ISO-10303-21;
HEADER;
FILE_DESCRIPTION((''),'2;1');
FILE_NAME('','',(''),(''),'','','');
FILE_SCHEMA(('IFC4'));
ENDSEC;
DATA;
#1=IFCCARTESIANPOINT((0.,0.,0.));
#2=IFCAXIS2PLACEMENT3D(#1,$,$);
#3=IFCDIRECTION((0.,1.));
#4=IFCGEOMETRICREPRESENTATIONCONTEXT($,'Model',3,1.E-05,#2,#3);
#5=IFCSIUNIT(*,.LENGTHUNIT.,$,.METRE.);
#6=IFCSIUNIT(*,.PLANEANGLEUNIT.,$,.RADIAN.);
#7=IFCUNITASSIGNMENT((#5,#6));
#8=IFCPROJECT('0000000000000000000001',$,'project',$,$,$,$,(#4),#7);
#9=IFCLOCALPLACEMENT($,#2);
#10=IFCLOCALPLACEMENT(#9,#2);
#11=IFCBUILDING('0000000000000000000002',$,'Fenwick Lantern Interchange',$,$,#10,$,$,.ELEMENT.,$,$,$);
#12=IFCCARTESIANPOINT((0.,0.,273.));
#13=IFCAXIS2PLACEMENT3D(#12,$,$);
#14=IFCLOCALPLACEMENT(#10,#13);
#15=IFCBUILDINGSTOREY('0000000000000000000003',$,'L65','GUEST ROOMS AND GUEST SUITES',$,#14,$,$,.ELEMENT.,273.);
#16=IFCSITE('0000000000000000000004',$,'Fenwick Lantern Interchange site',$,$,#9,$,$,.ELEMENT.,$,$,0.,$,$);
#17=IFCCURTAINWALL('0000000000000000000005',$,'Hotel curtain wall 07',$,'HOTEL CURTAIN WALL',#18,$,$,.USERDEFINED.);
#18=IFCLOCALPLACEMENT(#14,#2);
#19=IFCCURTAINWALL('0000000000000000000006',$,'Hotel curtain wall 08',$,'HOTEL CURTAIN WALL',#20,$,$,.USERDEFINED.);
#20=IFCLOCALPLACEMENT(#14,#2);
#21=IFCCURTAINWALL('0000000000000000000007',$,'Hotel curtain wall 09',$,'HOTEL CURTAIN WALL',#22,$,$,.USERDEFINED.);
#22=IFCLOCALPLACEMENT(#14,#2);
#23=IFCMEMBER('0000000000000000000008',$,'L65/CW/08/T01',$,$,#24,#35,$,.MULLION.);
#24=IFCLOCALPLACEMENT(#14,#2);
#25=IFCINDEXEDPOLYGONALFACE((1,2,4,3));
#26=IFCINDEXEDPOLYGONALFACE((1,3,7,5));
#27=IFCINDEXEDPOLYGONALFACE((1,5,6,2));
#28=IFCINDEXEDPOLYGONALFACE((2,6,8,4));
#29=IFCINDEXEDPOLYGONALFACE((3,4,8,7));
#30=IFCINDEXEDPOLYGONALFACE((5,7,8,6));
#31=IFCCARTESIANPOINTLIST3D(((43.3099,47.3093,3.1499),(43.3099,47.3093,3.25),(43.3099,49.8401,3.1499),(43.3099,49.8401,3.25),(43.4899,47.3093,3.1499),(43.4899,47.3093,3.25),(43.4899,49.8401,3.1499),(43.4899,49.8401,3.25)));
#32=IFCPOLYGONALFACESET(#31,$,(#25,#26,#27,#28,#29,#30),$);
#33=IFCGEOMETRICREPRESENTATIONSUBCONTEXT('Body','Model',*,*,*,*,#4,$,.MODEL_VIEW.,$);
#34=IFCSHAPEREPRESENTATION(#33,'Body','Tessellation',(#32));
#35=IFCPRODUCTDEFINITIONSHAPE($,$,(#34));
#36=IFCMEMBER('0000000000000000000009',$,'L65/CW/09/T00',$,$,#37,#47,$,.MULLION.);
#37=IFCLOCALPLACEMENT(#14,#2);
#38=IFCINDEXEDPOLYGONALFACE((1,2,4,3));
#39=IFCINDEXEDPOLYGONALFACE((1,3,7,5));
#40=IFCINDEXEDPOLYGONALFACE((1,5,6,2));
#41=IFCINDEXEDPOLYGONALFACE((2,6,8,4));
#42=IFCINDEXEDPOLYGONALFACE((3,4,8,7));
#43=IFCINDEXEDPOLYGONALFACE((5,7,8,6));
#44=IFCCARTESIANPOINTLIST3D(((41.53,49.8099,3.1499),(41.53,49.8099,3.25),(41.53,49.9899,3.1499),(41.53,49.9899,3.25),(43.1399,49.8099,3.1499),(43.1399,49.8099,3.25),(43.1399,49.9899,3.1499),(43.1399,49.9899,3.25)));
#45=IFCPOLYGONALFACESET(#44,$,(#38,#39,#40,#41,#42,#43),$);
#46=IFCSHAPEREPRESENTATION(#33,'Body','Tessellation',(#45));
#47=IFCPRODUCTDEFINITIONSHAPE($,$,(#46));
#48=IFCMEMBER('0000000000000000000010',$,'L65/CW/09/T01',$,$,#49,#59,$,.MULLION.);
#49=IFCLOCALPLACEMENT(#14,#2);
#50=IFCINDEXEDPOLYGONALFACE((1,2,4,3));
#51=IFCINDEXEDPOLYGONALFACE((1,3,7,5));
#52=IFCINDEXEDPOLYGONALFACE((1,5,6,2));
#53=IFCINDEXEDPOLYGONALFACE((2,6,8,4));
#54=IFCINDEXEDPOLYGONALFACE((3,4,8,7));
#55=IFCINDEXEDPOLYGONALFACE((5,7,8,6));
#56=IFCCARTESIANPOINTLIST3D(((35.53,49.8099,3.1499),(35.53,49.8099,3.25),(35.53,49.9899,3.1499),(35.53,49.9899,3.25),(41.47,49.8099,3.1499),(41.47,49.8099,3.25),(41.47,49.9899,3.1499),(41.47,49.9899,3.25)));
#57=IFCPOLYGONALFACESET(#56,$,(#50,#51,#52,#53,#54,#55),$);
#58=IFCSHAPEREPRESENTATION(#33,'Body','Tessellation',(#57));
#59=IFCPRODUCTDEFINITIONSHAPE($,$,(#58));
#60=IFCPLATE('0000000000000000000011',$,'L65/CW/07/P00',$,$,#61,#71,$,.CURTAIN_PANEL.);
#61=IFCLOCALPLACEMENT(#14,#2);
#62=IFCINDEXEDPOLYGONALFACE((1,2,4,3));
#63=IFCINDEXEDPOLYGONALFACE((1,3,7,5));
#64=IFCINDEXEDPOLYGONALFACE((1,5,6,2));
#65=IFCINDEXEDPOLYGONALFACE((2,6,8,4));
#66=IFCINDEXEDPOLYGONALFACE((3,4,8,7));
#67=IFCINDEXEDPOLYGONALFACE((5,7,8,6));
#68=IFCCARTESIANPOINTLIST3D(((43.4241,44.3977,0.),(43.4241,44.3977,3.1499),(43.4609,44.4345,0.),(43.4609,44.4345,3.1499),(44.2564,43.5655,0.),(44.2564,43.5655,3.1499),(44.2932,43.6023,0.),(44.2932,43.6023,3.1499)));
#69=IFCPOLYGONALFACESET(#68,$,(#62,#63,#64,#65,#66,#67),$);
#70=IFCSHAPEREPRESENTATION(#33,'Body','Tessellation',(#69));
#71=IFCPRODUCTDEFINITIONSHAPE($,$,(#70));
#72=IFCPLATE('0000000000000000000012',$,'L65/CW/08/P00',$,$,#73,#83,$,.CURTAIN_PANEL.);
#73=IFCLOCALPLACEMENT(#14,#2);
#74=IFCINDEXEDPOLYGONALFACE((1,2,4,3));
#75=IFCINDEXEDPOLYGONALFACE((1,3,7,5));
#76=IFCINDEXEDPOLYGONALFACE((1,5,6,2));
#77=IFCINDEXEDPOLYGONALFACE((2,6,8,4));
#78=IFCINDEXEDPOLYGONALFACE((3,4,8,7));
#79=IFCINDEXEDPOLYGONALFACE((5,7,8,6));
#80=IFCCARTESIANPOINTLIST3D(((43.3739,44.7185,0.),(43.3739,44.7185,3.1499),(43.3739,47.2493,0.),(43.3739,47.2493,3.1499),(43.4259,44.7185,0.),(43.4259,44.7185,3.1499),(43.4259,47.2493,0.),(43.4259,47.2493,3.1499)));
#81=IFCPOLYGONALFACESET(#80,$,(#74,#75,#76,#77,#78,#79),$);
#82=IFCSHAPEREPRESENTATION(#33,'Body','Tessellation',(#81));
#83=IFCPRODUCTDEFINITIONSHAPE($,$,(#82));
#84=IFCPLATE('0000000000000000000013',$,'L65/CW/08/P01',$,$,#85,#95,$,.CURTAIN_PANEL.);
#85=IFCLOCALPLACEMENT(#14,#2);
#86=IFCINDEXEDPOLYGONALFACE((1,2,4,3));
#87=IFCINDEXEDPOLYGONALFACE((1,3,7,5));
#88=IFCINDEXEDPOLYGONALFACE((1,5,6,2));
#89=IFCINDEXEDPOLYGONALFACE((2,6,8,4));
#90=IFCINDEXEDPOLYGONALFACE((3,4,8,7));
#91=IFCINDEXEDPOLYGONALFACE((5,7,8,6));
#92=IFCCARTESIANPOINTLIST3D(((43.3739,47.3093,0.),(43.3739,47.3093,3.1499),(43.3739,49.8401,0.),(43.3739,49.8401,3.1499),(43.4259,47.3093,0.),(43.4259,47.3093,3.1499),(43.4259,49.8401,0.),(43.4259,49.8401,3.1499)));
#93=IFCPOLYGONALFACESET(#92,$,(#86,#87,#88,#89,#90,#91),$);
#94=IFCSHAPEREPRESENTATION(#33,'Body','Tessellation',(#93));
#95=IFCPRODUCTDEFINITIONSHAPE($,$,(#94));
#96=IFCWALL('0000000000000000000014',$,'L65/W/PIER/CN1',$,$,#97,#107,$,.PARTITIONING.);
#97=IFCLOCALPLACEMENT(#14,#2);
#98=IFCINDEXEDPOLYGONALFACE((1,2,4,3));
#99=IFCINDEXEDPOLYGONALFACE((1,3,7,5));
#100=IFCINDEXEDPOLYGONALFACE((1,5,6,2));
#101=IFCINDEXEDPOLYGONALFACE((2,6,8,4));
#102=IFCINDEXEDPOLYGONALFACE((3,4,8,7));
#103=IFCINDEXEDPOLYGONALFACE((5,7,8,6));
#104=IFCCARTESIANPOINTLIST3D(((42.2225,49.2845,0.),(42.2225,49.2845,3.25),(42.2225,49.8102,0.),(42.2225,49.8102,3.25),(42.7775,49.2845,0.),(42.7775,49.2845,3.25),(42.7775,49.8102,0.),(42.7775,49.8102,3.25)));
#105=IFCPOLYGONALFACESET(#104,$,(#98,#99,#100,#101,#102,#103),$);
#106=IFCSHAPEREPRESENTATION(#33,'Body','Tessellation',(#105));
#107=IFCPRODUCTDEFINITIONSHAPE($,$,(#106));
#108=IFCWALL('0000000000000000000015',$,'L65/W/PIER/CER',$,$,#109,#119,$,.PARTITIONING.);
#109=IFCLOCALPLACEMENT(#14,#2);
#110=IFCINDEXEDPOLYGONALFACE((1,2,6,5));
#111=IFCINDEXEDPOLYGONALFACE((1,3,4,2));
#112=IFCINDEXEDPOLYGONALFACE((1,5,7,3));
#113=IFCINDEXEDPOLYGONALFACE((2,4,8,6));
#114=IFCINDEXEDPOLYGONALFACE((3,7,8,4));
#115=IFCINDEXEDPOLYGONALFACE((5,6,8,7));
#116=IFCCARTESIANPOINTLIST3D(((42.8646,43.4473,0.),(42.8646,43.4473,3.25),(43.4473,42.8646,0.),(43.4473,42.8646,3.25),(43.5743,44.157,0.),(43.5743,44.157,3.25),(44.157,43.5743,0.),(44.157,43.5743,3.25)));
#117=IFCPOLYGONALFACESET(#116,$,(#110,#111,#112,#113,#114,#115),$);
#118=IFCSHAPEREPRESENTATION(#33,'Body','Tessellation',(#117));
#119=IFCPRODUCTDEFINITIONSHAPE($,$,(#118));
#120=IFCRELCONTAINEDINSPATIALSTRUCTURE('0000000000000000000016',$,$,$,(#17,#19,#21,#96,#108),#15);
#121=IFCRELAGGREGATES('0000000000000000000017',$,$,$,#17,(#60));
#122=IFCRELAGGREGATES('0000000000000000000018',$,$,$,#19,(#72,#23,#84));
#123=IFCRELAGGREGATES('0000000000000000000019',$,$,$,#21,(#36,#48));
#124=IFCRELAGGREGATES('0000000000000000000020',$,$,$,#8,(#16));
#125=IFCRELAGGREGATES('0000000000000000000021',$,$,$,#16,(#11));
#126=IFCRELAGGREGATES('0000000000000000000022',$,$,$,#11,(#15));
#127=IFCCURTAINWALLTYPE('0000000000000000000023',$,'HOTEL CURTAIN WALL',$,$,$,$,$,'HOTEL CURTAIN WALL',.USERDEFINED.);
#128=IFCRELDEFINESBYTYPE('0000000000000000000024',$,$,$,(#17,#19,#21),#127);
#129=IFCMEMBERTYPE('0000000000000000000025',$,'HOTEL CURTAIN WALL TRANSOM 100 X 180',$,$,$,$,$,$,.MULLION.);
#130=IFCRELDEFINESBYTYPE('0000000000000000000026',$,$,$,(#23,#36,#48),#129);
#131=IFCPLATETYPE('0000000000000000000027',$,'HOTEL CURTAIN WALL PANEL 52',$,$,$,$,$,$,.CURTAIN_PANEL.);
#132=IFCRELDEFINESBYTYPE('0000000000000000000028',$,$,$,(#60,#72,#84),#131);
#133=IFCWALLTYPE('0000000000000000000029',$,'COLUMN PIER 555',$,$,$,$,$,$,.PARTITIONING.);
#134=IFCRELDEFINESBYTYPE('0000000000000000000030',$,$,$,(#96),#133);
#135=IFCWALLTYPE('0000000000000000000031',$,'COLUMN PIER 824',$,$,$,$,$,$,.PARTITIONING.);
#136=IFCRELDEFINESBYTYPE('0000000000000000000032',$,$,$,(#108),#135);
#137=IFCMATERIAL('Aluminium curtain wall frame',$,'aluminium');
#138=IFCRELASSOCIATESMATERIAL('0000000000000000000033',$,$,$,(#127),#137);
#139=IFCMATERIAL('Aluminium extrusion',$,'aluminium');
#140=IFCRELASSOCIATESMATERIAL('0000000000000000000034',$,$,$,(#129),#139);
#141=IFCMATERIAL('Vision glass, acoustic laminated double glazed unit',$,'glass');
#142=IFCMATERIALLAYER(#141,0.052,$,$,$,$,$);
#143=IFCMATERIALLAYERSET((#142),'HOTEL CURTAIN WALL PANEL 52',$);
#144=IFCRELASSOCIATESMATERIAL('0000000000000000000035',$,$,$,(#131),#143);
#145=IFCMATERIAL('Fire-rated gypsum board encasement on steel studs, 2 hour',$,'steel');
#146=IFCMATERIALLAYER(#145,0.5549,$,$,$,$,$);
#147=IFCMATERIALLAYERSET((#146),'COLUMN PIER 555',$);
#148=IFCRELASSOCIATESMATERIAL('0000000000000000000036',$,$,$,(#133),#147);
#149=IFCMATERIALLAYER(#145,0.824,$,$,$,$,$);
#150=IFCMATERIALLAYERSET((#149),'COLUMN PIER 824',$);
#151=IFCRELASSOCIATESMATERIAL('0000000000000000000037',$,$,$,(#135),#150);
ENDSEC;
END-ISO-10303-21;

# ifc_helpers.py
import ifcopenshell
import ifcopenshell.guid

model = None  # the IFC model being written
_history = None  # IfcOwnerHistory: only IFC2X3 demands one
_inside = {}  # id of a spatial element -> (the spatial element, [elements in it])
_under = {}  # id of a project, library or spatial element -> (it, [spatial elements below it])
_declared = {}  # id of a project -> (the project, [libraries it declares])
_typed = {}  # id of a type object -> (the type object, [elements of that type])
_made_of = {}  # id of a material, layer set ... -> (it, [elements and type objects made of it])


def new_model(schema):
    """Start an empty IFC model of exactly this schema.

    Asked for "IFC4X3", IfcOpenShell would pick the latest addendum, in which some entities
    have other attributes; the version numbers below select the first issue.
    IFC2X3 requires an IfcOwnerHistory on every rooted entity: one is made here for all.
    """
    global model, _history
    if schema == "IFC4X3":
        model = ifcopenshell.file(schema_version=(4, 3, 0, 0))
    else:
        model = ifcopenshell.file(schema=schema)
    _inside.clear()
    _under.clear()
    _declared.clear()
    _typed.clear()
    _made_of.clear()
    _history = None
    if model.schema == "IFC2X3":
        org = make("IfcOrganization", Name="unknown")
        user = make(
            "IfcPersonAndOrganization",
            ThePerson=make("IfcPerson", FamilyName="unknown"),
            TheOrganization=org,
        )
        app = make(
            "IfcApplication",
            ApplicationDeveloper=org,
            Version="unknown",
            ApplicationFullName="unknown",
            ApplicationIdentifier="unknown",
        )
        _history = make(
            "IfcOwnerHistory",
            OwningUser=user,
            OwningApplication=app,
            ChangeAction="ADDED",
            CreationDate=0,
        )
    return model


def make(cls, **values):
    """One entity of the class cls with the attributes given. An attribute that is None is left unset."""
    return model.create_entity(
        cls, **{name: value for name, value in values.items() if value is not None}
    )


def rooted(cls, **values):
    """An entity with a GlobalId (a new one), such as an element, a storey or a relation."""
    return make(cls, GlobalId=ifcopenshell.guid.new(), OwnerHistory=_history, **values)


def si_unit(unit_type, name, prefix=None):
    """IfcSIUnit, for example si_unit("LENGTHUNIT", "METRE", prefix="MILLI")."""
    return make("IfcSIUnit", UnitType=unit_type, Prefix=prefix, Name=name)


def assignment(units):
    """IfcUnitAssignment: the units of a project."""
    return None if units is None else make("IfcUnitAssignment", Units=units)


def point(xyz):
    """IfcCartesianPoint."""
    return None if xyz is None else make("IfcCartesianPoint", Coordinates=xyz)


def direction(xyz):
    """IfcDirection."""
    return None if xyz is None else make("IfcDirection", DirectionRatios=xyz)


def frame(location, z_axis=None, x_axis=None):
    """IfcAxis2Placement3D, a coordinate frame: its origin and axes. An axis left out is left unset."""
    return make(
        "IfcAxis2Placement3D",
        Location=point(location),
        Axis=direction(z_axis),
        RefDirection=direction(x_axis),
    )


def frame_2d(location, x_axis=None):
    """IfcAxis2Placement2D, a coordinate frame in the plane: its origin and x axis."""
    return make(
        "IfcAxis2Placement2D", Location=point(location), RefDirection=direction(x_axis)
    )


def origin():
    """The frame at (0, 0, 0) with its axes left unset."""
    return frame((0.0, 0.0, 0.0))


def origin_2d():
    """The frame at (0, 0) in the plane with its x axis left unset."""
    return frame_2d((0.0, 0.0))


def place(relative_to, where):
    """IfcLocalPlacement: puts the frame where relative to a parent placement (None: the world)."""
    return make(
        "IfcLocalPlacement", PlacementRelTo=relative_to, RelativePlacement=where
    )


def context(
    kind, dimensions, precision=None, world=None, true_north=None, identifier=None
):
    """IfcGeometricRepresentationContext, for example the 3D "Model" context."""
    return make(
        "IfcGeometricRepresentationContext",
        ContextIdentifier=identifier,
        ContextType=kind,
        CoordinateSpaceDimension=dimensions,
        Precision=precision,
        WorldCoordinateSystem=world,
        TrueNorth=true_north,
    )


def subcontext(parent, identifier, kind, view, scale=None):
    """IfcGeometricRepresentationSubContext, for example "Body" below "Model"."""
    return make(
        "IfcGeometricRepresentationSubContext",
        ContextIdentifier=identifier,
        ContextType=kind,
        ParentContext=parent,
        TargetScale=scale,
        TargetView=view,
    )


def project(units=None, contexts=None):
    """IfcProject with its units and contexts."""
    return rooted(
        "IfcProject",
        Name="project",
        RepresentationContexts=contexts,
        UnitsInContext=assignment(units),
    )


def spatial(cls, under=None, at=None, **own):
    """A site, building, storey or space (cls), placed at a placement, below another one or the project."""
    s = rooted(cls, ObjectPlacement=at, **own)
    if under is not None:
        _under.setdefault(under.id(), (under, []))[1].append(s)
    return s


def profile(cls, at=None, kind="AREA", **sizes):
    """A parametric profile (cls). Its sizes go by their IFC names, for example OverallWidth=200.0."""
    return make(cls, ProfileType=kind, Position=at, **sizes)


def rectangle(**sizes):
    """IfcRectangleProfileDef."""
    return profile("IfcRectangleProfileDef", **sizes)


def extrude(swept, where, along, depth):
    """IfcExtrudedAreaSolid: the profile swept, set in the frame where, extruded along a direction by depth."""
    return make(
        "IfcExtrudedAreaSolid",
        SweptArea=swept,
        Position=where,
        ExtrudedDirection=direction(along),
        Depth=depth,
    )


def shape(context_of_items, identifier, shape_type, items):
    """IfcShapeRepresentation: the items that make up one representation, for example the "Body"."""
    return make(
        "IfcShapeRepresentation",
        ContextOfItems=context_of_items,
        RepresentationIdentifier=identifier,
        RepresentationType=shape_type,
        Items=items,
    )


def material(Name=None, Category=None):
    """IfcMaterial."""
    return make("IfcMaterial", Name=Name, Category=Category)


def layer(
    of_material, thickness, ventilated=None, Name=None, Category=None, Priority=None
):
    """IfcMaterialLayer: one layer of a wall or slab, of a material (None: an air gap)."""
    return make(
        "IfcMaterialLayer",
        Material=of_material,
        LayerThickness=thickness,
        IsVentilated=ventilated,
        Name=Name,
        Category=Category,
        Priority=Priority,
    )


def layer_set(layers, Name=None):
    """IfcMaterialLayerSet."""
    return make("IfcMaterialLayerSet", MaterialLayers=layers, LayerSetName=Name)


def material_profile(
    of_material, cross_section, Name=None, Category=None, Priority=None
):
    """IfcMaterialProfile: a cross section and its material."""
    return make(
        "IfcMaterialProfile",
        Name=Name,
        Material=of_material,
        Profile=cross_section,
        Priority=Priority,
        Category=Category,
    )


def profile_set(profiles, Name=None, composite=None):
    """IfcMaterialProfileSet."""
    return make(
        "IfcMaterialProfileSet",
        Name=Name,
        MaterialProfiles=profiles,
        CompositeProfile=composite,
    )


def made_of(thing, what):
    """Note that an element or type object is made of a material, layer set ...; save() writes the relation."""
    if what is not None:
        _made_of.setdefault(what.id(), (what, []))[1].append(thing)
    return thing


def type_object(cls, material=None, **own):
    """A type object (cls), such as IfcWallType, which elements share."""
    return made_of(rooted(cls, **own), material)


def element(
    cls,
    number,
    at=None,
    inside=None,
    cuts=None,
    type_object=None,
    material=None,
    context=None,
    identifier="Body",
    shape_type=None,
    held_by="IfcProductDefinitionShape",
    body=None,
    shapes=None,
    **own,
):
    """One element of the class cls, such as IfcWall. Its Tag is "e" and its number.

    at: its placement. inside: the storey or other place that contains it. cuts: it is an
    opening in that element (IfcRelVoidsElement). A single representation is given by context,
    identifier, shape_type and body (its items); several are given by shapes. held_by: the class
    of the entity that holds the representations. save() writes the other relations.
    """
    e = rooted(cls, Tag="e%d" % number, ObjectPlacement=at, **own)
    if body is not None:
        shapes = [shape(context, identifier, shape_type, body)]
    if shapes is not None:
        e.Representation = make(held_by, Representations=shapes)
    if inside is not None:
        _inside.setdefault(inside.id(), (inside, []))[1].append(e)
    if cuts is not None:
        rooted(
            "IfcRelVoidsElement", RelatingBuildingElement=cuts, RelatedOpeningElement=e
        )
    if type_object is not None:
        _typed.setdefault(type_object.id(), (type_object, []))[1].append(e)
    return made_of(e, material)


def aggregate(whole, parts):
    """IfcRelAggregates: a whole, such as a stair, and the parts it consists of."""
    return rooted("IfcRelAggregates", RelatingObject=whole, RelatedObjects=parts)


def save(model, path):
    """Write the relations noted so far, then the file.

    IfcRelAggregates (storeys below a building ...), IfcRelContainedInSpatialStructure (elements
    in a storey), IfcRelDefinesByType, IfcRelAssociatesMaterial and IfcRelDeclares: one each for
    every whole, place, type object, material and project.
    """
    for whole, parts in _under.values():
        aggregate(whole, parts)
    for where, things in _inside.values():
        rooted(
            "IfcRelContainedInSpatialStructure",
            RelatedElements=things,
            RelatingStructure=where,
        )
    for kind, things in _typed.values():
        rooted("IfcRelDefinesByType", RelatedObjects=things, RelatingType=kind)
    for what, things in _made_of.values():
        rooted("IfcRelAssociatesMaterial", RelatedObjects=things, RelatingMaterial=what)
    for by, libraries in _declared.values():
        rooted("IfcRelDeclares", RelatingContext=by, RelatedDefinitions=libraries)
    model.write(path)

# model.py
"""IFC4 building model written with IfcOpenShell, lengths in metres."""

from ifc_helpers import new_model, si_unit, direction, frame, frame_2d, origin, origin_2d, place, context, subcontext, project, spatial, rectangle, extrude, material, layer, layer_set, material_profile, profile_set, type_object, element, aggregate, save


model = new_model("IFC4")

# Units and contexts
model_context = context("Model", 3, precision=1e-05, world=origin(), true_north=direction((0.0, 1.0)))
body_context = subcontext(model_context, "Body", "Model", "MODEL_VIEW")
ifc_project = project(units=[si_unit("LENGTHUNIT", "METRE"), si_unit("PLANEANGLEUNIT", "RADIAN")], contexts=[model_context])

# Site, building, storey
site_placement = place(None, origin())
site = spatial("IfcSite", under=ifc_project, at=site_placement, Name="Fenwick Lantern Interchange site", CompositionType="ELEMENT", RefElevation=0.0)
building_placement = place(site_placement, origin())
building = spatial("IfcBuilding", under=site, at=building_placement, Name="Fenwick Lantern Interchange", CompositionType="ELEMENT")
storey_placement = place(building_placement, frame((0.0, 0.0, 273.0)))
storey = spatial("IfcBuildingStorey", under=building, at=storey_placement, Name="L65", Description="GUEST ROOMS AND GUEST SUITES", CompositionType="ELEMENT", Elevation=273.0)

# Shared definitions
ifc_material_1 = material(Name="Aluminium curtain wall frame", Category="aluminium")
curtain_wall_type = type_object("IfcCurtainWallType", Name="HOTEL CURTAIN WALL", ElementType="HOTEL CURTAIN WALL", PredefinedType="USERDEFINED", material=ifc_material_1)
ifc_material_2 = material(Name="Aluminium extrusion", Category="aluminium")

# Curtain walls
curtain_wall_1_placement = place(storey_placement, origin())
curtain_wall_1 = element("IfcCurtainWall", 1, at=curtain_wall_1_placement, inside=storey, type_object=curtain_wall_type, Name="Hotel curtain wall 07", ObjectType="HOTEL CURTAIN WALL", PredefinedType="USERDEFINED")
curtain_wall_2_placement = place(storey_placement, origin())
curtain_wall_2 = element("IfcCurtainWall", 2, at=curtain_wall_2_placement, inside=storey, type_object=curtain_wall_type, Name="Hotel curtain wall 08", ObjectType="HOTEL CURTAIN WALL", PredefinedType="USERDEFINED")
curtain_wall_3_placement = place(storey_placement, origin())
curtain_wall_3 = element("IfcCurtainWall", 3, at=curtain_wall_3_placement, inside=storey, type_object=curtain_wall_type, Name="Hotel curtain wall 09", ObjectType="HOTEL CURTAIN WALL", PredefinedType="USERDEFINED")

# Members
ifc_material_profile_1 = material_profile(ifc_material_2, rectangle(XDim=0.1799, YDim=0.1001, at=origin_2d()), Name="HOTEL CURTAIN WALL TRANSOM 100 X 180")
ifc_profile_set_1 = profile_set([ifc_material_profile_1], Name="Aluminium extrusion")
member_type_1 = type_object("IfcMemberType", Name="HOTEL CURTAIN WALL TRANSOM 100 X 180", PredefinedType="MULLION", material=ifc_profile_set_1)
member_1_placement = place(storey_placement, frame((43.3999, 47.3093, 3.2), z_axis=(0.0, 1.0, 0.0), x_axis=(-1.0, 0.0, 0.0)))
member_1 = element("IfcMember", 4, at=member_1_placement, type_object=member_type_1, Name="L65/CW/08/T01", PredefinedType="MULLION", context=body_context, shape_type="SweptSolid", body=[
    extrude(rectangle(XDim=0.1799, YDim=0.1001, at=origin_2d()), origin(), (0.0, 0.0, 1.0), 2.5308),
])
member_2_placement = place(storey_placement, frame((43.1399, 49.8999, 3.2), z_axis=(-1.0, 0.0, 0.0), x_axis=(0.0, -1.0, 0.0)))
member_2 = element("IfcMember", 5, at=member_2_placement, type_object=member_type_1, Name="L65/CW/09/T00", PredefinedType="MULLION", context=body_context, shape_type="SweptSolid", body=[
    extrude(rectangle(XDim=0.1799, YDim=0.1001, at=origin_2d()), origin(), (0.0, 0.0, 1.0), 1.6099),
])
member_3_placement = place(storey_placement, frame((41.47, 49.8999, 3.2), z_axis=(-1.0, 0.0, 0.0), x_axis=(0.0, -1.0, 0.0)))
member_3 = element("IfcMember", 6, at=member_3_placement, type_object=member_type_1, Name="L65/CW/09/T01", PredefinedType="MULLION", context=body_context, shape_type="SweptSolid", body=[
    extrude(rectangle(XDim=0.1799, YDim=0.1001, at=origin_2d()), origin(), (0.0, 0.0, 1.0), 5.9399),
])

# Plates
ifc_material_3 = material(Name="Vision glass, acoustic laminated double glazed unit", Category="glass")
ifc_layer_1 = layer(ifc_material_3, 0.052)
ifc_layer_set_1 = layer_set([ifc_layer_1], Name="HOTEL CURTAIN WALL PANEL 52")
plate_type = type_object("IfcPlateType", Name="HOTEL CURTAIN WALL PANEL 52", PredefinedType="CURTAIN_PANEL", material=ifc_layer_set_1)
plate_1_placement = place(storey_placement, frame((43.8586, 44.0, 0.0), z_axis=(0.0, 0.0, 1.0), x_axis=(-0.707107, 0.707107, 0.0)))
plate_1 = element("IfcPlate", 7, at=plate_1_placement, type_object=plate_type, Name="L65/CW/07/P00", PredefinedType="CURTAIN_PANEL", context=body_context, shape_type="SweptSolid", body=[
    extrude(rectangle(XDim=1.177, YDim=0.052, at=origin_2d()), origin(), (0.0, 0.0, 1.0), 3.1499),
])
aggregate(curtain_wall_1, [plate_1])
plate_2_placement = place(storey_placement, frame((43.3999, 45.9839, 0.0), z_axis=(0.0, 0.0, 1.0), x_axis=(0.0, 1.0, 0.0)))
plate_2 = element("IfcPlate", 8, at=plate_2_placement, type_object=plate_type, Name="L65/CW/08/P00", PredefinedType="CURTAIN_PANEL", context=body_context, shape_type="SweptSolid", body=[
    extrude(rectangle(XDim=2.5308, YDim=0.052, at=origin_2d()), origin(), (0.0, 0.0, 1.0), 3.1499),
])
plate_3_placement = place(storey_placement, frame((43.3999, 48.5747, 0.0), z_axis=(0.0, 0.0, 1.0), x_axis=(0.0, 1.0, 0.0)))
plate_3 = element("IfcPlate", 9, at=plate_3_placement, type_object=plate_type, Name="L65/CW/08/P01", PredefinedType="CURTAIN_PANEL", context=body_context, shape_type="SweptSolid", body=[
    extrude(rectangle(XDim=2.5308, YDim=0.052, at=origin_2d()), origin(), (0.0, 0.0, 1.0), 3.1499),
])
aggregate(curtain_wall_2, [plate_2, member_1, plate_3])
aggregate(curtain_wall_3, [member_2, member_3])

# Walls
ifc_material_4 = material(Name="Fire-rated gypsum board encasement on steel studs, 2 hour", Category="steel")
ifc_layer_2 = layer(ifc_material_4, 0.5549)
ifc_layer_set_2 = layer_set([ifc_layer_2], Name="COLUMN PIER 555")
wall_type_1 = type_object("IfcWallType", Name="COLUMN PIER 555", PredefinedType="PARTITIONING", material=ifc_layer_set_2)
wall_1_placement = place(storey_placement, frame((42.5, 49.8101, 0.0), z_axis=(0.0, 0.0, 1.0), x_axis=(0.0, -1.0, 0.0)))
element("IfcWall", 10, at=wall_1_placement, inside=storey, type_object=wall_type_1, Name="L65/W/PIER/CN1", PredefinedType="PARTITIONING", context=body_context, shape_type="SweptSolid", body=[
    extrude(rectangle(XDim=0.5256, YDim=0.5549, at=frame_2d((0.2627, 0.0))), origin(), (0.0, 0.0, 1.0), 3.25),
])
ifc_layer_3 = layer(ifc_material_4, 0.824)
ifc_layer_set_3 = layer_set([ifc_layer_3], Name="COLUMN PIER 824")
wall_type_2 = type_object("IfcWallType", Name="COLUMN PIER 824", PredefinedType="PARTITIONING", material=ifc_layer_set_3)
wall_2_placement = place(storey_placement, frame((43.8657, 43.8657, 0.0), z_axis=(0.0, 0.0, 1.0), x_axis=(-0.707107, -0.707107, 0.0)))
element("IfcWall", 11, at=wall_2_placement, inside=storey, type_object=wall_type_2, Name="L65/W/PIER/CER", PredefinedType="PARTITIONING", context=body_context, shape_type="SweptSolid", body=[
    extrude(rectangle(XDim=1.0037, YDim=0.824, at=frame_2d((0.502, 0.0))), origin(), (0.0, 0.0, 1.0), 3.25),
])

save(model, "model.ifc")
